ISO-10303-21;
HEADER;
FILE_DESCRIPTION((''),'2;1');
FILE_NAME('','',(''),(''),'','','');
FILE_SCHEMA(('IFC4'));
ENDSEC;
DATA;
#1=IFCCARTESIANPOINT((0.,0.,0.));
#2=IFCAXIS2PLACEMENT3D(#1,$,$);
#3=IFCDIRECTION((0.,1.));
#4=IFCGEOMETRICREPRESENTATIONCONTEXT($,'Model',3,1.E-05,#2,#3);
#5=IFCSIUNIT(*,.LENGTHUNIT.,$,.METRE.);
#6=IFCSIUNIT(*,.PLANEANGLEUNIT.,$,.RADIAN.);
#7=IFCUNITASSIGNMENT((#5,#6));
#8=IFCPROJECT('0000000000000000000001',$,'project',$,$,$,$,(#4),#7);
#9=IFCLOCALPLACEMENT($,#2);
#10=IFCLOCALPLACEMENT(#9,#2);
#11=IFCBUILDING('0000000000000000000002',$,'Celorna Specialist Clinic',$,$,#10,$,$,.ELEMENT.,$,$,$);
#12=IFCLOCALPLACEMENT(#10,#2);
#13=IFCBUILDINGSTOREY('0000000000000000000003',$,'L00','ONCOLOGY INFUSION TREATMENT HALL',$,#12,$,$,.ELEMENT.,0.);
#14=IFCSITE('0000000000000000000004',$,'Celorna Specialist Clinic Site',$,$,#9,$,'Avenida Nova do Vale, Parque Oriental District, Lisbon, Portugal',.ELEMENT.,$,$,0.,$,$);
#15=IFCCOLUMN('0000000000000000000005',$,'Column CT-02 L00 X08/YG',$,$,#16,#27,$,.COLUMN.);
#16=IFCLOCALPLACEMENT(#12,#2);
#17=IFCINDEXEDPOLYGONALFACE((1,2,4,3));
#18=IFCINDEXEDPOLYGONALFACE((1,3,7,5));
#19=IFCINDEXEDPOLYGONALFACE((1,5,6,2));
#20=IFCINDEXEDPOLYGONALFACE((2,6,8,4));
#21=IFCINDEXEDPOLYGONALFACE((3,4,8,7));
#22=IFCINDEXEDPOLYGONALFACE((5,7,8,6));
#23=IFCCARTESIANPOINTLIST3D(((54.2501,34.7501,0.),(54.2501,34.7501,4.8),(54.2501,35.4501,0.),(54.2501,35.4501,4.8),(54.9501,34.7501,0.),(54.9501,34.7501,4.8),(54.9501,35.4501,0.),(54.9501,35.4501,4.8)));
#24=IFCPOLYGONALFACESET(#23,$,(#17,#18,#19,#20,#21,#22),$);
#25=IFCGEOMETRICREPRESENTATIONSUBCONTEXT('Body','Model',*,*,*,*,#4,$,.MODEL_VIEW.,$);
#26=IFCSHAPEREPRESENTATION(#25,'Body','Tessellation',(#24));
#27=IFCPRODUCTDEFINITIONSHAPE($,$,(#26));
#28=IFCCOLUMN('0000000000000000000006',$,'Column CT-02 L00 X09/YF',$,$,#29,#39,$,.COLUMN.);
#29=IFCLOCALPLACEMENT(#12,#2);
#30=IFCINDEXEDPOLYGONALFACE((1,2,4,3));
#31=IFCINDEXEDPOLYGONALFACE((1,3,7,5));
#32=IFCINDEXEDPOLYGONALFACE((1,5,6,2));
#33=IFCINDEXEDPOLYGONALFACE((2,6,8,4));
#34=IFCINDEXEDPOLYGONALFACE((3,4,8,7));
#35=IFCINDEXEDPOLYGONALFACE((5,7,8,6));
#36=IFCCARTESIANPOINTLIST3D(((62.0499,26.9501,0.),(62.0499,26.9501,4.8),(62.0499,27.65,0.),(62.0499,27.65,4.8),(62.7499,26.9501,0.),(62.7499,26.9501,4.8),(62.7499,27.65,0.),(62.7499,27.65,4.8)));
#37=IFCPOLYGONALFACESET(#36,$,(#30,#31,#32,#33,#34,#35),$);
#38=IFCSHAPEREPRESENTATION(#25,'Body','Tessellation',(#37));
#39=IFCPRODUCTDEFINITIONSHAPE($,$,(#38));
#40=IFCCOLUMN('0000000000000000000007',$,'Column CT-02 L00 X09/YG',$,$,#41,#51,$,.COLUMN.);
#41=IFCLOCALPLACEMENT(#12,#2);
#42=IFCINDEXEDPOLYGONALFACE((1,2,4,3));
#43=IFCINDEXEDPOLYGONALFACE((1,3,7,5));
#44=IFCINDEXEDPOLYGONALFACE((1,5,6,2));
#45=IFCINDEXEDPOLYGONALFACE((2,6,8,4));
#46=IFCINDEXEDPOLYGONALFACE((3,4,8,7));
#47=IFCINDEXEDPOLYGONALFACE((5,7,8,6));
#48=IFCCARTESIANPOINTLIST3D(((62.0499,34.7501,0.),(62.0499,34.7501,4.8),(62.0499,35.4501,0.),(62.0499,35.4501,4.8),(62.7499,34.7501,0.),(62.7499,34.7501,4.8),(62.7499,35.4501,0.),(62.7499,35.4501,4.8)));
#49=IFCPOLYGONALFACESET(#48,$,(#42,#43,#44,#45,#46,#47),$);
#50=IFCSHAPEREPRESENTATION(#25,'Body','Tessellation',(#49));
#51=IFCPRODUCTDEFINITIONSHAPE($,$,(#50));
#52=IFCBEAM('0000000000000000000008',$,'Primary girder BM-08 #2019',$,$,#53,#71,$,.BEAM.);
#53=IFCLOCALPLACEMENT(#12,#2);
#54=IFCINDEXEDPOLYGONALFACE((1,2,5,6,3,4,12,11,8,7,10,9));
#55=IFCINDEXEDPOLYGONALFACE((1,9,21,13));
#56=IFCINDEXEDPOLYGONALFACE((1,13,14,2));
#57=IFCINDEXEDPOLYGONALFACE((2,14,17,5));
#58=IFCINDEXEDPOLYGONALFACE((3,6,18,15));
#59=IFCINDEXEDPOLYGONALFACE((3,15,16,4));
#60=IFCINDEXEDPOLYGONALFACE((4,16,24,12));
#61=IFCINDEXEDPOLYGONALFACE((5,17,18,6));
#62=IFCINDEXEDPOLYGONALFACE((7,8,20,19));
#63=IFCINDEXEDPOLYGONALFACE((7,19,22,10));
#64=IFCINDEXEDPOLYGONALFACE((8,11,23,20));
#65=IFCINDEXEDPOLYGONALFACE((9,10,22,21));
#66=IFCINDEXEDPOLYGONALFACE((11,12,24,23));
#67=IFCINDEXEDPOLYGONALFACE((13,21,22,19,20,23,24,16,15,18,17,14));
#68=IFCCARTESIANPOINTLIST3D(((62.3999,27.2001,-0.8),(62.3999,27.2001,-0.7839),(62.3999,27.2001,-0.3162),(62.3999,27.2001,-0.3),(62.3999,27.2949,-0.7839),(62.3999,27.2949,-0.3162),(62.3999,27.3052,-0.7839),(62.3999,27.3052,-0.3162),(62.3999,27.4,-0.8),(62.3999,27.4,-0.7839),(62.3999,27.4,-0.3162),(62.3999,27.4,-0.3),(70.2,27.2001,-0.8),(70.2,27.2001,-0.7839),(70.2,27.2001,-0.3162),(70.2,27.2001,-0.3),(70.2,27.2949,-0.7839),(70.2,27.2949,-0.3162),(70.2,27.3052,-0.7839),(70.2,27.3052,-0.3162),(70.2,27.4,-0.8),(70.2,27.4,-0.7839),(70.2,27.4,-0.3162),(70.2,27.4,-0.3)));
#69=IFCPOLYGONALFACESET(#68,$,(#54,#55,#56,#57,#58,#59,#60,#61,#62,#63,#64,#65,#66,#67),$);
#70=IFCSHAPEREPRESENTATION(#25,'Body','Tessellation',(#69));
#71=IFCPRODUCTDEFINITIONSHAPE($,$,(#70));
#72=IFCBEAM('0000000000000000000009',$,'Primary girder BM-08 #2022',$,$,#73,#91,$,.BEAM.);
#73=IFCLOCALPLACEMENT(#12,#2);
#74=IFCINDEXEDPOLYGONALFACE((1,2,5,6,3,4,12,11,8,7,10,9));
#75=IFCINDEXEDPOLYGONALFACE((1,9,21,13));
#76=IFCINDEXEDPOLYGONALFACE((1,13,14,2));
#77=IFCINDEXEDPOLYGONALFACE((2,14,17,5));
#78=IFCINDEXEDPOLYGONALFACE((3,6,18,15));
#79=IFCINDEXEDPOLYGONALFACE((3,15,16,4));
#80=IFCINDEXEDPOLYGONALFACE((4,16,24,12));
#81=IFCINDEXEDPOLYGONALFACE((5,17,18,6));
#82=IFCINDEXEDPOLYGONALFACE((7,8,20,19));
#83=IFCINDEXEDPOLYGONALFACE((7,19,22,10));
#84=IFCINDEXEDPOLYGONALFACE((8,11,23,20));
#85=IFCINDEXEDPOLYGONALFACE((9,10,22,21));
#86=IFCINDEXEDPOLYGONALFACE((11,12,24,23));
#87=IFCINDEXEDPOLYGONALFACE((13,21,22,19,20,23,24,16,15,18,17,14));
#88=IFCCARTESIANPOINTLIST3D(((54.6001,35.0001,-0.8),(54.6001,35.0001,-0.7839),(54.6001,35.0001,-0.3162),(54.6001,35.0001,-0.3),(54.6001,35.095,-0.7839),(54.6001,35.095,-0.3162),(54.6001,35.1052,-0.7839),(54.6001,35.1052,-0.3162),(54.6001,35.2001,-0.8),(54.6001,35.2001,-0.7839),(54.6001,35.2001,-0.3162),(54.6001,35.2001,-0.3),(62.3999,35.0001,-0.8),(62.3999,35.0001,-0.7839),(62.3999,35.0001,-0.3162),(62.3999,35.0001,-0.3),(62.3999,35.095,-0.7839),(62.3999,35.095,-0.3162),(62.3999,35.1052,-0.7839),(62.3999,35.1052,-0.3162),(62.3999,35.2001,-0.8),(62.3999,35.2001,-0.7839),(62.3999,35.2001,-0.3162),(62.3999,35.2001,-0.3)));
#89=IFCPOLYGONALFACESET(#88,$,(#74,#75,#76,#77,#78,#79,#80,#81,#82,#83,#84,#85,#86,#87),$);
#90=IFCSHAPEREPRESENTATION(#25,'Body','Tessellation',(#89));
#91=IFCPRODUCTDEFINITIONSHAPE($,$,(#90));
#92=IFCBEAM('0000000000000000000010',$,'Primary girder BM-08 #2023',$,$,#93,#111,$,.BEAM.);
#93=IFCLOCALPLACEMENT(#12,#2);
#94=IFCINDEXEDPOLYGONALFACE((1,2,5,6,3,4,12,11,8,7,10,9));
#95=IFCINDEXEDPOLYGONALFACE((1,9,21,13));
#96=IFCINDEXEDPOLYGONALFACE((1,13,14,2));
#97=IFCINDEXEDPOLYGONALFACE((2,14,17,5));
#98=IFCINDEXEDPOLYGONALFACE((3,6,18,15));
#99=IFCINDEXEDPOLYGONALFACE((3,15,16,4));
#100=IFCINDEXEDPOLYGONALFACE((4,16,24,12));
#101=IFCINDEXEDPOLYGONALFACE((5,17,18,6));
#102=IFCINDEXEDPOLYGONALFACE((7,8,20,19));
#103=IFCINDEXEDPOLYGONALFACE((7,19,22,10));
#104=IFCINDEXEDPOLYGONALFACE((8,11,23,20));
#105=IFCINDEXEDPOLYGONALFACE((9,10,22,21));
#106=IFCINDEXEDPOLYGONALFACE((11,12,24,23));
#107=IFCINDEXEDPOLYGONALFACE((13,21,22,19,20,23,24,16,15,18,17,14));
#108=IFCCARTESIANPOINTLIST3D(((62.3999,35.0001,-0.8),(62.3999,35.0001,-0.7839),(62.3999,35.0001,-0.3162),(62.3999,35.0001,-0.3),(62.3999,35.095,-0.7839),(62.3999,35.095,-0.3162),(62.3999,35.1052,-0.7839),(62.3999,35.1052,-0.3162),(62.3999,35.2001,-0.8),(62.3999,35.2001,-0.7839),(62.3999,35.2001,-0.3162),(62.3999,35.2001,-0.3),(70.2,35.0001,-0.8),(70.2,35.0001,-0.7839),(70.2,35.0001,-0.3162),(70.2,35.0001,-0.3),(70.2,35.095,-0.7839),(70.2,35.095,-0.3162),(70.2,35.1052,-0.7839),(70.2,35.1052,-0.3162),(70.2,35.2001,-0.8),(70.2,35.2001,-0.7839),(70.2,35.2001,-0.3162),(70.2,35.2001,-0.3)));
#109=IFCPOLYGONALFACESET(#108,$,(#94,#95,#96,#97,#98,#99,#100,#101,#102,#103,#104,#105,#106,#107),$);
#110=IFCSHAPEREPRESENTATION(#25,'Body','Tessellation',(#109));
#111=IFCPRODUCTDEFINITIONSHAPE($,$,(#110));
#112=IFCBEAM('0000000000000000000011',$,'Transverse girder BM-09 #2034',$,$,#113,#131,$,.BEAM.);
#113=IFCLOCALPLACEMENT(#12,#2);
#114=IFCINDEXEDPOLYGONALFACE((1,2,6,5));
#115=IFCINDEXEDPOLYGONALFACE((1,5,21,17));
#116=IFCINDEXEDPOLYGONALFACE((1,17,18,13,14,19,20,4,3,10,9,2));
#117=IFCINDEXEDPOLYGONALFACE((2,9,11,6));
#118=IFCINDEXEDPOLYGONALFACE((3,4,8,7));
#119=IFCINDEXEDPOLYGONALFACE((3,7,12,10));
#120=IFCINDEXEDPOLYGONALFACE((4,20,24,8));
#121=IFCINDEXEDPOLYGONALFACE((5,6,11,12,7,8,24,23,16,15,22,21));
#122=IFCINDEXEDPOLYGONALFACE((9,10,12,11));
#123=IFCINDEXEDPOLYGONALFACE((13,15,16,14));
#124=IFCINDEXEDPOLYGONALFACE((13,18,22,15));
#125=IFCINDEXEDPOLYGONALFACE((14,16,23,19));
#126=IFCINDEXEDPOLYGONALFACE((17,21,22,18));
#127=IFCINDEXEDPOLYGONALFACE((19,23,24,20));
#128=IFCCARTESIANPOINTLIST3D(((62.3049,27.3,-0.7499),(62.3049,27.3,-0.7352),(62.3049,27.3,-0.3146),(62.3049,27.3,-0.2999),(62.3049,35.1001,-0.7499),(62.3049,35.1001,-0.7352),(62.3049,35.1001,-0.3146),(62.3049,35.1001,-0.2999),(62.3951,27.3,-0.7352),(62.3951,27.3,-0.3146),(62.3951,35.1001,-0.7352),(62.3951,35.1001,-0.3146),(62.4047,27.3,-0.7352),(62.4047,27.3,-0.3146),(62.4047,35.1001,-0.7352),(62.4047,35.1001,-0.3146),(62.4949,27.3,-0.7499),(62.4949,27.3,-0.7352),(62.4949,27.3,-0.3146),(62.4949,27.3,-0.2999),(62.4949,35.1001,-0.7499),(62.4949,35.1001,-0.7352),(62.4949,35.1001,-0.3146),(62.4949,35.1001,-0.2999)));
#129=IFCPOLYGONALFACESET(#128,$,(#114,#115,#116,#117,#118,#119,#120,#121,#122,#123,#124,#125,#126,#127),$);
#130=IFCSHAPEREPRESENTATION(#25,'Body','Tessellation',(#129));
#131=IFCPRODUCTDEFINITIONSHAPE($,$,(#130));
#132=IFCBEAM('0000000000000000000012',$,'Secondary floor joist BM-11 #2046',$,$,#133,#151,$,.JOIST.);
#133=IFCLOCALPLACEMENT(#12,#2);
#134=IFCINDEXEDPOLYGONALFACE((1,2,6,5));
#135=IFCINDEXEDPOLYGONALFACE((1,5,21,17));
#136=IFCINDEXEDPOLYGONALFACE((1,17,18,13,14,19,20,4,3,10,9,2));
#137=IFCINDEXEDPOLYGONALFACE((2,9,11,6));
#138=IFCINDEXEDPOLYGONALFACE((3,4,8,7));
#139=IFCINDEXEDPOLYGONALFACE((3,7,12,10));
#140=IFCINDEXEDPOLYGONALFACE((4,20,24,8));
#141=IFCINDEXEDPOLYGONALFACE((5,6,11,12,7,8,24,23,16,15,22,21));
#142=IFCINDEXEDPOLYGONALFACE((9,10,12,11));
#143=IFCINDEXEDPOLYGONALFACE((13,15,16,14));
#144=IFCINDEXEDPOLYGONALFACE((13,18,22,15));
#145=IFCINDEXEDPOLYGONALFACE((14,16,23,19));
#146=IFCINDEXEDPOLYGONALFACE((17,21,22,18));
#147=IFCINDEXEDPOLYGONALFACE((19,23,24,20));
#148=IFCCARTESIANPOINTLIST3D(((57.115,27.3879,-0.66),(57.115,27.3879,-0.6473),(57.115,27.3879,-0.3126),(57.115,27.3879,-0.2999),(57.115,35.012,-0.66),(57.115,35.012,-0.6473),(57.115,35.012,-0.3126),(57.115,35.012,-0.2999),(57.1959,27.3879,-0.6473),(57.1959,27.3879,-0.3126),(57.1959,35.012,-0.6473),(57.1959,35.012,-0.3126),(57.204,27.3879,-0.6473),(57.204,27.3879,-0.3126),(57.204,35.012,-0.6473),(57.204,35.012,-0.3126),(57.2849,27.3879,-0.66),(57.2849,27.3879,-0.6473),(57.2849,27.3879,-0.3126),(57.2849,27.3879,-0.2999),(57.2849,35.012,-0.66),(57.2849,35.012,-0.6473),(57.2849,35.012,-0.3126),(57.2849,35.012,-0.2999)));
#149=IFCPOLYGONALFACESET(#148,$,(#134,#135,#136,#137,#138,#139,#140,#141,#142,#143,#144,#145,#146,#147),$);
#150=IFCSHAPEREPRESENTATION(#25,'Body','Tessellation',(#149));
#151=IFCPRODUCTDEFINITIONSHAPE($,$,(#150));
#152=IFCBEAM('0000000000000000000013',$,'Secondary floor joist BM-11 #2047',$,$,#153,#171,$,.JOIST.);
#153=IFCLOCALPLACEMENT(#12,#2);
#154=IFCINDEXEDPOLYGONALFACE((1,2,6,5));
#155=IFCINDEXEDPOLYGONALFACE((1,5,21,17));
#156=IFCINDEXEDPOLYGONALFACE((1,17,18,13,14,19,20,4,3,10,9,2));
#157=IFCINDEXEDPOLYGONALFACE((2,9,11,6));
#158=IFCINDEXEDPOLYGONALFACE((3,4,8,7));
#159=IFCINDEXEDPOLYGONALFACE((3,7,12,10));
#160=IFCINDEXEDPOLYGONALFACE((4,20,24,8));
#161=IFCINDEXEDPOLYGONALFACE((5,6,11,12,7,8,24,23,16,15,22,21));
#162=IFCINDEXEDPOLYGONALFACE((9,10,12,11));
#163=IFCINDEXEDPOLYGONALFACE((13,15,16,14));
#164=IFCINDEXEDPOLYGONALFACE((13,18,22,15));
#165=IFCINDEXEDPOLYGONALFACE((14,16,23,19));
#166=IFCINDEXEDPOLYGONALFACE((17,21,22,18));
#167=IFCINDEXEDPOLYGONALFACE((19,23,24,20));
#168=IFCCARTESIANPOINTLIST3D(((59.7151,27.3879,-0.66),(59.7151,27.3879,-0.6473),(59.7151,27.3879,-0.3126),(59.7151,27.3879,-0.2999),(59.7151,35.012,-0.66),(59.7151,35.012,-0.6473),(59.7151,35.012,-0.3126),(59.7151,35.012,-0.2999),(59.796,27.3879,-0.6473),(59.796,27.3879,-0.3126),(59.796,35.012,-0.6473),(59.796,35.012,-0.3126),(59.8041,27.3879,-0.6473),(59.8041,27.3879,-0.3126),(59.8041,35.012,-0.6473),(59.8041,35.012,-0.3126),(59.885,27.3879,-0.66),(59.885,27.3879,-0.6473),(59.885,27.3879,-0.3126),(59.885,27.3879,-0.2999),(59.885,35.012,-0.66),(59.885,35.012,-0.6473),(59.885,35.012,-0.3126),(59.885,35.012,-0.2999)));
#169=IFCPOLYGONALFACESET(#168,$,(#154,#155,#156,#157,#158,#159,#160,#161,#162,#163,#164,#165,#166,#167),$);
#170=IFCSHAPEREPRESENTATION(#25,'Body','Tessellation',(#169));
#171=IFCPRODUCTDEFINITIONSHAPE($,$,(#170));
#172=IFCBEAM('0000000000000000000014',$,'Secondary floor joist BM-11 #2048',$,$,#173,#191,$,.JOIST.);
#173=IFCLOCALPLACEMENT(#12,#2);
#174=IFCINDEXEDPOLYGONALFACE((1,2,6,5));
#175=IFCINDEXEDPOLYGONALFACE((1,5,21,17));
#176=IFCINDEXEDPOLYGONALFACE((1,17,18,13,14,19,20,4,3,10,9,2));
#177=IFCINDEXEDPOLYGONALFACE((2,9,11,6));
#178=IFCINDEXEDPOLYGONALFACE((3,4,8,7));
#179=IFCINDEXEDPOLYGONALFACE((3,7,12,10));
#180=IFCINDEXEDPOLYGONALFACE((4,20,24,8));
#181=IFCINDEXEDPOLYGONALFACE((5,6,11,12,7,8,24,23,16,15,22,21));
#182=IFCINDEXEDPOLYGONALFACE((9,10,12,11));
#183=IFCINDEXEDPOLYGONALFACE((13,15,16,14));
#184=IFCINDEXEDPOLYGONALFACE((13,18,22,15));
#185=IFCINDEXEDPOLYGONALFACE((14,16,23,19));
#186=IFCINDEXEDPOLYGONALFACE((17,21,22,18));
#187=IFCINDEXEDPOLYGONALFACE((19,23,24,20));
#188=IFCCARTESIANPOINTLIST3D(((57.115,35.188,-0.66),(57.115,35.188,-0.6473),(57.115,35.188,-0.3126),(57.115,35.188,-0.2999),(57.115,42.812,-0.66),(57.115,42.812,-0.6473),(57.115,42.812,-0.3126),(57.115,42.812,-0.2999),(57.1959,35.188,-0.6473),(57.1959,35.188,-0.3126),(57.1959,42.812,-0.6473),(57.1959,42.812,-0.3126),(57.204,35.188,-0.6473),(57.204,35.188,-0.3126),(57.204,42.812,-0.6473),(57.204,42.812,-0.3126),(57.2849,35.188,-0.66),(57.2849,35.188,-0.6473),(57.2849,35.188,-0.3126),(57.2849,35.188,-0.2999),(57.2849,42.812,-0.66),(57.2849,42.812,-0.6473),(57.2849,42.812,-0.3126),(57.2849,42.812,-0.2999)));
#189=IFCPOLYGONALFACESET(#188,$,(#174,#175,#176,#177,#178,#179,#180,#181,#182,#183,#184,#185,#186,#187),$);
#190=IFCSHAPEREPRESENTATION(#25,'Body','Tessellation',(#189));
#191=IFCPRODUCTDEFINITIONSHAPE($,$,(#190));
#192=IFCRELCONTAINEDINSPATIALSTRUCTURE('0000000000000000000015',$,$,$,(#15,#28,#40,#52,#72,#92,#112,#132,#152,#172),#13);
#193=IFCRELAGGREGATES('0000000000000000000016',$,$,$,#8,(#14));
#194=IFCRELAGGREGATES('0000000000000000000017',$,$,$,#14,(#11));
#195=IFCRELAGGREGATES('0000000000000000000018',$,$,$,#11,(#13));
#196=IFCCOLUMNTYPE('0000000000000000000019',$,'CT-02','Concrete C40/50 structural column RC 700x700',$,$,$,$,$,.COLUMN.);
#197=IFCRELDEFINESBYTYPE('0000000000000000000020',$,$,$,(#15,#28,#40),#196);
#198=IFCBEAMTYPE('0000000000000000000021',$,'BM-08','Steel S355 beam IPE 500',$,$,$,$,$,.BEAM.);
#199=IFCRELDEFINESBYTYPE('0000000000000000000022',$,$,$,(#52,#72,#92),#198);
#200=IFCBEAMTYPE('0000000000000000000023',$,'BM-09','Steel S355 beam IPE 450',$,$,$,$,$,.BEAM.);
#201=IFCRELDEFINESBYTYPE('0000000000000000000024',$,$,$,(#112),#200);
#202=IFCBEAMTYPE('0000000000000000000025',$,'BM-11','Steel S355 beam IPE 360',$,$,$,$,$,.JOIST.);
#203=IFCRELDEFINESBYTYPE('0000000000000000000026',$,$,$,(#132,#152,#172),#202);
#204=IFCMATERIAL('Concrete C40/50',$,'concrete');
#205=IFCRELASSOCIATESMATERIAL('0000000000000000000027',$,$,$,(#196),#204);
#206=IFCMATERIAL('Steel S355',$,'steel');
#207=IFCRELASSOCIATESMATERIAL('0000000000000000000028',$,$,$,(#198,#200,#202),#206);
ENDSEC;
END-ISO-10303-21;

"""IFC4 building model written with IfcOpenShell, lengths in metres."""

from ifc_helpers import new_model, si_unit, direction, frame, origin, origin_2d, place, context, subcontext, project, spatial, rectangle, i_section, extrude, material, material_profile, profile_set, type_object, element, save


model = new_model("IFC4")

# Units and contexts
model_context = context("Model", 3, precision=1e-05, world=origin(), true_north=direction((0.0, 1.0)))
body_context = subcontext(model_context, "Body", "Model", "MODEL_VIEW")
ifc_project = project(units=[si_unit("LENGTHUNIT", "METRE"), si_unit("PLANEANGLEUNIT", "RADIAN")], contexts=[model_context])

# Site, building, storey
site_placement = place(None, origin())
site = spatial("IfcSite", under=ifc_project, at=site_placement, Name="Celorna Specialist Clinic Site", LongName="Avenida Nova do Vale, Parque Oriental District, Lisbon, Portugal", CompositionType="ELEMENT", RefElevation=0.0)
building_placement = place(site_placement, origin())
building = spatial("IfcBuilding", under=site, at=building_placement, Name="Celorna Specialist Clinic", CompositionType="ELEMENT")
storey_placement = place(building_placement, origin())
storey = spatial("IfcBuildingStorey", under=building, at=storey_placement, Name="L00", Description="ONCOLOGY INFUSION TREATMENT HALL", CompositionType="ELEMENT", Elevation=0.0)

# Columns
ifc_material_1 = material(Name="Concrete C40/50", Category="concrete")
ifc_material_profile_1 = material_profile(ifc_material_1, rectangle(XDim=0.7, YDim=0.7, at=origin_2d()), Name="RC 700x700")
ifc_profile_set_1 = profile_set([ifc_material_profile_1], Name="Concrete C40/50")
column_type = type_object("IfcColumnType", Name="CT-02", Description="Concrete C40/50 structural column RC 700x700", PredefinedType="COLUMN", material=ifc_profile_set_1)
for number, where, z_axis, x_axis, name in (
    (1, (54.6001, 35.1001, 0.0), (0.0, 0.0, 1.0), (1.0, 0.0, 0.0), "Column CT-02 L00 X08/YG"),
    (2, (62.3999, 27.3, 0.0), (0.0, 0.0, 1.0), (1.0, 0.0, 0.0), "Column CT-02 L00 X09/YF"),
    (3, (62.3999, 35.1001, 0.0), (0.0, 0.0, 1.0), (1.0, 0.0, 0.0), "Column CT-02 L00 X09/YG"),
):
    element("IfcColumn", number, at=place(storey_placement, frame(where, z_axis=z_axis, x_axis=x_axis)), inside=storey, type_object=column_type, Name=name, PredefinedType="COLUMN", context=body_context, shape_type="SweptSolid", body=[
        extrude(rectangle(XDim=0.7, YDim=0.7, at=origin_2d()), origin(), (0.0, 0.0, 1.0), 4.8),
    ])

# Beams
ifc_material_2 = material(Name="Steel S355", Category="steel")
ifc_material_profile_2 = material_profile(ifc_material_2, i_section(OverallWidth=0.2, OverallDepth=0.5, WebThickness=0.0103, FlangeThickness=0.0161, at=origin_2d()), Name="IPE 500")
ifc_profile_set_2 = profile_set([ifc_material_profile_2], Name="Steel S355")
beam_type_1 = type_object("IfcBeamType", Name="BM-08", Description="Steel S355 beam IPE 500", PredefinedType="BEAM", material=ifc_profile_set_2)
beam_1_placement = place(storey_placement, frame((62.3999, 27.3, -0.55), z_axis=(1.0, 0.0, 0.0), x_axis=(0.0, 1.0, 0.0)))
element("IfcBeam", 4, at=beam_1_placement, inside=storey, type_object=beam_type_1, Name="Primary girder BM-08 #2019", PredefinedType="BEAM", context=body_context, shape_type="SweptSolid", body=[
    extrude(i_section(OverallWidth=0.2, OverallDepth=0.5, WebThickness=0.0103, FlangeThickness=0.0161, at=origin_2d()), origin(), (0.0, 0.0, 1.0), 7.8),
])
beam_2_placement = place(storey_placement, frame((54.6001, 35.1001, -0.55), z_axis=(1.0, 0.0, 0.0), x_axis=(0.0, 1.0, 0.0)))
element("IfcBeam", 5, at=beam_2_placement, inside=storey, type_object=beam_type_1, Name="Primary girder BM-08 #2022", PredefinedType="BEAM", context=body_context, shape_type="SweptSolid", body=[
    extrude(i_section(OverallWidth=0.2, OverallDepth=0.5, WebThickness=0.0103, FlangeThickness=0.0161, at=origin_2d()), origin(), (0.0, 0.0, 1.0), 7.7998),
])
beam_3_placement = place(storey_placement, frame((62.3999, 35.1001, -0.55), z_axis=(1.0, 0.0, 0.0), x_axis=(0.0, 1.0, 0.0)))
element("IfcBeam", 6, at=beam_3_placement, inside=storey, type_object=beam_type_1, Name="Primary girder BM-08 #2023", PredefinedType="BEAM", context=body_context, shape_type="SweptSolid", body=[
    extrude(i_section(OverallWidth=0.2, OverallDepth=0.5, WebThickness=0.0103, FlangeThickness=0.0161, at=origin_2d()), origin(), (0.0, 0.0, 1.0), 7.8),
])
ifc_material_profile_3 = material_profile(ifc_material_2, i_section(OverallWidth=0.1899, OverallDepth=0.45, WebThickness=0.0095, FlangeThickness=0.0146, at=origin_2d()), Name="IPE 450")
ifc_profile_set_3 = profile_set([ifc_material_profile_3], Name="Steel S355")
beam_type_2 = type_object("IfcBeamType", Name="BM-09", Description="Steel S355 beam IPE 450", PredefinedType="BEAM", material=ifc_profile_set_3)
beam_4_placement = place(storey_placement, frame((62.3999, 27.3, -0.5249), z_axis=(0.0, 1.0, 0.0), x_axis=(-1.0, 0.0, 0.0)))
element("IfcBeam", 7, at=beam_4_placement, inside=storey, type_object=beam_type_2, Name="Transverse girder BM-09 #2034", PredefinedType="BEAM", context=body_context, shape_type="SweptSolid", body=[
    extrude(i_section(OverallWidth=0.1899, OverallDepth=0.45, WebThickness=0.0095, FlangeThickness=0.0146, at=origin_2d()), origin(), (0.0, 0.0, 1.0), 7.8),
])
ifc_material_profile_4 = material_profile(ifc_material_2, i_section(OverallWidth=0.1699, OverallDepth=0.3601, WebThickness=0.0081, FlangeThickness=0.0127, at=origin_2d()), Name="IPE 360")
ifc_profile_set_4 = profile_set([ifc_material_profile_4], Name="Steel S355")
beam_type_3 = type_object("IfcBeamType", Name="BM-11", Description="Steel S355 beam IPE 360", PredefinedType="JOIST", material=ifc_profile_set_4)
for number, where, z_axis, x_axis, name in (
    (8, (57.2, 27.3879, -0.48), (0.0, 1.0, 0.0), (-1.0, 0.0, 0.0), "Secondary floor joist BM-11 #2046"),
    (9, (59.8, 27.3879, -0.48), (0.0, 1.0, 0.0), (-1.0, 0.0, 0.0), "Secondary floor joist BM-11 #2047"),
    (10, (57.2, 35.188, -0.48), (0.0, 1.0, 0.0), (-1.0, 0.0, 0.0), "Secondary floor joist BM-11 #2048"),
):
    element("IfcBeam", number, at=place(storey_placement, frame(where, z_axis=z_axis, x_axis=x_axis)), inside=storey, type_object=beam_type_3, Name=name, PredefinedType="JOIST", context=body_context, shape_type="SweptSolid", body=[
        extrude(i_section(OverallWidth=0.1699, OverallDepth=0.3601, WebThickness=0.0081, FlangeThickness=0.0127, at=origin_2d()), origin(), (0.0, 0.0, 1.0), 7.624),
    ])

save(model, "model.ifc")
